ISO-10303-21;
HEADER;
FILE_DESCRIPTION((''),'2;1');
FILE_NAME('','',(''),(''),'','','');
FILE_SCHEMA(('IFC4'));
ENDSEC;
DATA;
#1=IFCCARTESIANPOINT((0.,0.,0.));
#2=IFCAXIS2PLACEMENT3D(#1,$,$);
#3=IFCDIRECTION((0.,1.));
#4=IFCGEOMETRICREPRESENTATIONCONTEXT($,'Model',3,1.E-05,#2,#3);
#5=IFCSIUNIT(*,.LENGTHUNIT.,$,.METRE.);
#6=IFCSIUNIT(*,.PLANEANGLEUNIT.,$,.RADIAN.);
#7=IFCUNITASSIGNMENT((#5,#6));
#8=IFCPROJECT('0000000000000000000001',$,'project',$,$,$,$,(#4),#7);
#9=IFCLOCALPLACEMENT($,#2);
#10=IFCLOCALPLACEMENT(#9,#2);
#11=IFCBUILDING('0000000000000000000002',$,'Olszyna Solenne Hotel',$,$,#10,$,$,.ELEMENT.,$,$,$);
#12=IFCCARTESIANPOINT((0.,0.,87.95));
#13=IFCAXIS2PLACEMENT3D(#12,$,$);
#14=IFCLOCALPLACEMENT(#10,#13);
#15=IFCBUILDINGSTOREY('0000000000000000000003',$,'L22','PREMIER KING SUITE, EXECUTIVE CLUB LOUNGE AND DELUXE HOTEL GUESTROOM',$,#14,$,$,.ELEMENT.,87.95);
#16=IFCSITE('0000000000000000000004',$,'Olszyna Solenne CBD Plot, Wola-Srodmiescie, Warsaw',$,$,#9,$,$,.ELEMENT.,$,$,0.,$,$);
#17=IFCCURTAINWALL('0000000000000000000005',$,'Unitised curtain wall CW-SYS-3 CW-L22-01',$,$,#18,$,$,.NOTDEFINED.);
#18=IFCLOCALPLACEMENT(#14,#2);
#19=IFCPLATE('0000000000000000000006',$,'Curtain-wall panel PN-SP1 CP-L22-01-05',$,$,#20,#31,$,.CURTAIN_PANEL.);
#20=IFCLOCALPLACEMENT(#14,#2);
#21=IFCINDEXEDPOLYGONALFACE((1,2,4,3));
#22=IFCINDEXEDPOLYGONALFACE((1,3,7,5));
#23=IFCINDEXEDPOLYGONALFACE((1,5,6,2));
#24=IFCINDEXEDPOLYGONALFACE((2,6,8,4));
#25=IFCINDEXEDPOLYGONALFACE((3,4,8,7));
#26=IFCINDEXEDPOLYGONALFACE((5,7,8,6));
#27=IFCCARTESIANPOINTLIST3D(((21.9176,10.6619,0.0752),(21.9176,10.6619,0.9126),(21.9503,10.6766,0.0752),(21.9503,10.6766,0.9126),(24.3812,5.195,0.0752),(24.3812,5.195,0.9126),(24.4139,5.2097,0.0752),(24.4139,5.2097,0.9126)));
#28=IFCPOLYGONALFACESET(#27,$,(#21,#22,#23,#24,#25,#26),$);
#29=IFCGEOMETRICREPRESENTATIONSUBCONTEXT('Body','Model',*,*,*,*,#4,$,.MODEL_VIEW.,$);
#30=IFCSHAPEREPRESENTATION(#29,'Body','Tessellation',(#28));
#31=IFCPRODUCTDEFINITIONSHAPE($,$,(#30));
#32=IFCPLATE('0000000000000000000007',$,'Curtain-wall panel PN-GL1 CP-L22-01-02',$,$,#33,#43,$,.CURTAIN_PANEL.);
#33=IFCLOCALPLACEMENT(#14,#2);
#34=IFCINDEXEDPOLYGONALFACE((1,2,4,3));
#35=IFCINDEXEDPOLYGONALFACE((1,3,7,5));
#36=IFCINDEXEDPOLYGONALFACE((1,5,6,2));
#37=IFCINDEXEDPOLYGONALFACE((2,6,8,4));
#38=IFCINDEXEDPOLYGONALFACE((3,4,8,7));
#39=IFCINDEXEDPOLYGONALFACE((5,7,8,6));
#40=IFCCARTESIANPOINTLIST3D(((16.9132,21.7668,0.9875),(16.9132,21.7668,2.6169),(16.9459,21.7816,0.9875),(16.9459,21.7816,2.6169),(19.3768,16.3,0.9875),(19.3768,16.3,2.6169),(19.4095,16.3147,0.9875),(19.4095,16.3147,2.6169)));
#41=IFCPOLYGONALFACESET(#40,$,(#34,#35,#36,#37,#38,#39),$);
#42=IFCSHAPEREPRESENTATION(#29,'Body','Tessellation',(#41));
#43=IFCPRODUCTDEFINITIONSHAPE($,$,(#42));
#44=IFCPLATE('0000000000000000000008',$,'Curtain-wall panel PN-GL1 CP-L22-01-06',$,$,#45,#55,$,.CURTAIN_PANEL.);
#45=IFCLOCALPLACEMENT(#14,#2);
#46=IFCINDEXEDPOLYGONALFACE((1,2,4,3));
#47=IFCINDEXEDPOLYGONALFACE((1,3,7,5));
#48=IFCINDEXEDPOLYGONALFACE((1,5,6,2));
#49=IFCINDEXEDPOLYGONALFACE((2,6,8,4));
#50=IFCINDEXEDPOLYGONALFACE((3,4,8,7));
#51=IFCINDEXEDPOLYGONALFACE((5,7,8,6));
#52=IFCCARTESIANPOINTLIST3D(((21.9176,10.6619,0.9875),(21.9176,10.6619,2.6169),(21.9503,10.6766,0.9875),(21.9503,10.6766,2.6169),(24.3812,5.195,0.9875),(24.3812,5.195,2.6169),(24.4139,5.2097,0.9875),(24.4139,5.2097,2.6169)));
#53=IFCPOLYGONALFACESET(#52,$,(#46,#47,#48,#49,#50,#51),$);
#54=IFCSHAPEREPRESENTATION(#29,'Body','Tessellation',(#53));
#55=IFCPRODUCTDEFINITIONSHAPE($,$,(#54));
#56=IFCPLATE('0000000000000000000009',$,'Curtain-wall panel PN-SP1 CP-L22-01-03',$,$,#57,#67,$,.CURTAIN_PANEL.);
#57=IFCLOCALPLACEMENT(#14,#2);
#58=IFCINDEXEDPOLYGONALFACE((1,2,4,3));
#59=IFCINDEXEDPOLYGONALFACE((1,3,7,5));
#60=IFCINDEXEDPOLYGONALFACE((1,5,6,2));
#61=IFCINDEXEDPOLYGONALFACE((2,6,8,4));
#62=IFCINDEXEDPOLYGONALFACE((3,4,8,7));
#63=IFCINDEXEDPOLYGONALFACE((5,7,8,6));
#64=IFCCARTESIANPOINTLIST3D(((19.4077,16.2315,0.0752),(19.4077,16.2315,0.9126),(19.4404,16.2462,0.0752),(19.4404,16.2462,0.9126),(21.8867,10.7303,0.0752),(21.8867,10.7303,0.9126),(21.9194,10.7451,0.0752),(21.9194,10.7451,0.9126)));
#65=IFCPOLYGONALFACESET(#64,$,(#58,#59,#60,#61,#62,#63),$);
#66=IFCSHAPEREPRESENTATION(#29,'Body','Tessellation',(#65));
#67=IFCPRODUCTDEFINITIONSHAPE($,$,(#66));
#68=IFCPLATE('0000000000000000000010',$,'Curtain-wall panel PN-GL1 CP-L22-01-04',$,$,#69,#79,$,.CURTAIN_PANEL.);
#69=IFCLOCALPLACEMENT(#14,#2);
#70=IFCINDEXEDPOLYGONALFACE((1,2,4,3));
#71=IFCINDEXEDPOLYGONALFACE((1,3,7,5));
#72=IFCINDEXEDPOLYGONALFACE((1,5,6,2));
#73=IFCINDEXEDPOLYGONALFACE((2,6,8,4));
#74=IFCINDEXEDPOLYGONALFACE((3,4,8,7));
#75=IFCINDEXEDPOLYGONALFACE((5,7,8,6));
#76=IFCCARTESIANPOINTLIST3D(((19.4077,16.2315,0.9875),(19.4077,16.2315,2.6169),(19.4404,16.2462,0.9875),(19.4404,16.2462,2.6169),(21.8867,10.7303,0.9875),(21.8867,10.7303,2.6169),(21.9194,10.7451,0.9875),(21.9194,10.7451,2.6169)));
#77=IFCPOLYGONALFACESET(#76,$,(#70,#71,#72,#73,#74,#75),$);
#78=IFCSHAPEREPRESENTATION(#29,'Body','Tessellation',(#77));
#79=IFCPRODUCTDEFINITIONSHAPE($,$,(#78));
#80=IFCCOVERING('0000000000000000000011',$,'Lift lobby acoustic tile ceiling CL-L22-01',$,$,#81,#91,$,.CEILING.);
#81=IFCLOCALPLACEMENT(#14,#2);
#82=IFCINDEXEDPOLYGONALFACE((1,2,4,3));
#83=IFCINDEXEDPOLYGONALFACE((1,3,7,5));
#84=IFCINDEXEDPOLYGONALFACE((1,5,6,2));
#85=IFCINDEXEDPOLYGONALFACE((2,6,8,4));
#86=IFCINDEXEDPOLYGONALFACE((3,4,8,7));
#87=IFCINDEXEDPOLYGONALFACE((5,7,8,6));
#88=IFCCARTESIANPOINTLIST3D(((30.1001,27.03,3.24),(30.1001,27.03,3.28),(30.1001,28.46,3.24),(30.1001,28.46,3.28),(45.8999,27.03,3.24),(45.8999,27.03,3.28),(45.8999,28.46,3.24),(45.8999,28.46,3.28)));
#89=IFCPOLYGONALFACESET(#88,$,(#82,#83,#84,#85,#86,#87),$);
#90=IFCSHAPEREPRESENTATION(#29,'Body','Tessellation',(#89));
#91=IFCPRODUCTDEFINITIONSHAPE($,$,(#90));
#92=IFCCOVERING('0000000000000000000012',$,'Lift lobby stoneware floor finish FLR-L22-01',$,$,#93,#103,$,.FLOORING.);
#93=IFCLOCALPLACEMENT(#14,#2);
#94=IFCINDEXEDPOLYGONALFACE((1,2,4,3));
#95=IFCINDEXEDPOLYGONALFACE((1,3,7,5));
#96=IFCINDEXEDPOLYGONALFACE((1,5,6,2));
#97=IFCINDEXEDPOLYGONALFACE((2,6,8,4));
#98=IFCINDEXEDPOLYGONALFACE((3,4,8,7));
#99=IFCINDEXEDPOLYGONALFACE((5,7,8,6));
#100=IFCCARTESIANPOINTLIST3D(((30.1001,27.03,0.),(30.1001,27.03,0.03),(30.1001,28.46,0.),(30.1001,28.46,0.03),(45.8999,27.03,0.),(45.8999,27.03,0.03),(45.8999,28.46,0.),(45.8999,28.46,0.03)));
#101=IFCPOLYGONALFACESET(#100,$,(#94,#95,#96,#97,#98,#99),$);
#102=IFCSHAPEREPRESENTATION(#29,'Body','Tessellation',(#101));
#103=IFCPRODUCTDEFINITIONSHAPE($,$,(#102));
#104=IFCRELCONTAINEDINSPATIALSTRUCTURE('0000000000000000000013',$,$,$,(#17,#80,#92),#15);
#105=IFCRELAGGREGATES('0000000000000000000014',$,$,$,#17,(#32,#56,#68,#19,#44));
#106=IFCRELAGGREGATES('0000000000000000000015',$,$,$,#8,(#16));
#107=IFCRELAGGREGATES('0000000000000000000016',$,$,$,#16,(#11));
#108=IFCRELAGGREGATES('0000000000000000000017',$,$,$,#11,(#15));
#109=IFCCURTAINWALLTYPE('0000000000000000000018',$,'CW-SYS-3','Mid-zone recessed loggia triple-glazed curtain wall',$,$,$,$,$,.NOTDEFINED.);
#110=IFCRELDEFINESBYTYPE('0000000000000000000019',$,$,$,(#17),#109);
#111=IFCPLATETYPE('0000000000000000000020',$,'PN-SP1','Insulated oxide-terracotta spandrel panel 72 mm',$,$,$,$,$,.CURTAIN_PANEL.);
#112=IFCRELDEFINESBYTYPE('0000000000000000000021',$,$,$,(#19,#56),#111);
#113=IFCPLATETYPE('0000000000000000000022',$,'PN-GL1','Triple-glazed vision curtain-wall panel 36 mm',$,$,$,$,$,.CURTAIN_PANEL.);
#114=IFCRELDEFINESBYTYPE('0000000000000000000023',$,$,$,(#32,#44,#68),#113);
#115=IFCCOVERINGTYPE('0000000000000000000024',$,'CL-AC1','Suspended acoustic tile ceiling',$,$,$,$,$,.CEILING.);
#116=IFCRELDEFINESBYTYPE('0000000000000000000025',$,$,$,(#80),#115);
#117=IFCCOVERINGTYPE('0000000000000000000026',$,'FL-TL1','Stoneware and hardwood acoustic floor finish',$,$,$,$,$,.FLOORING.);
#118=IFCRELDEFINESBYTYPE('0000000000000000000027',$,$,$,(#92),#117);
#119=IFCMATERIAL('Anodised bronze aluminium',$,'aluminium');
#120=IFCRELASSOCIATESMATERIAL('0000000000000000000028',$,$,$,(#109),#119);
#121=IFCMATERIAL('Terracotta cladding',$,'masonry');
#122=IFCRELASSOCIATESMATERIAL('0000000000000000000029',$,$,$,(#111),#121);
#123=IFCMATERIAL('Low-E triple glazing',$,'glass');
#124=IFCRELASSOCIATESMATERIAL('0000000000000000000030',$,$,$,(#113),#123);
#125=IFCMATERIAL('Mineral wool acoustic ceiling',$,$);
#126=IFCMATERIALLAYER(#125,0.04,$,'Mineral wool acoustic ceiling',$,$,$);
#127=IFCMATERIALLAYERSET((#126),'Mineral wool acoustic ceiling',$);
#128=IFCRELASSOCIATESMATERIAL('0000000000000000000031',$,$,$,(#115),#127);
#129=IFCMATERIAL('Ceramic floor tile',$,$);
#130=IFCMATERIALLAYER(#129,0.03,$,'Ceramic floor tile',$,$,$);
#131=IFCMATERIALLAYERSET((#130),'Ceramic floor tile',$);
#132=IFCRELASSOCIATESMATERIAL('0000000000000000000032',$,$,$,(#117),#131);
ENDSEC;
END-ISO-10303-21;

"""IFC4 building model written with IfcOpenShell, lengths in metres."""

from ifc_helpers import new_model, si_unit, direction, frame, origin, origin_2d, place, context, subcontext, project, spatial, polyline, rectangle, outline, extrude, source, transform, mapped, material, layer, layer_set, type_object, element, aggregate, save


model = new_model("IFC4")

# Units and contexts
model_context = context("Model", 3, precision=1e-05, world=origin(), true_north=direction((0.0, 1.0)))
body_context = subcontext(model_context, "Body", "Model", "MODEL_VIEW")
ifc_project = project(units=[si_unit("LENGTHUNIT", "METRE"), si_unit("PLANEANGLEUNIT", "RADIAN")], contexts=[model_context])

# Site, building, storey
site_placement = place(None, origin())
site = spatial("IfcSite", under=ifc_project, at=site_placement, Name="Olszyna Solenne CBD Plot, Wola-Srodmiescie, Warsaw", CompositionType="ELEMENT", RefElevation=0.0)
building_placement = place(site_placement, origin())
building = spatial("IfcBuilding", under=site, at=building_placement, Name="Olszyna Solenne Hotel", CompositionType="ELEMENT")
storey_placement = place(building_placement, frame((0.0, 0.0, 87.95)))
storey = spatial("IfcBuildingStorey", under=building, at=storey_placement, Name="L22", Description="PREMIER KING SUITE, EXECUTIVE CLUB LOUNGE AND DELUXE HOTEL GUESTROOM", CompositionType="ELEMENT", Elevation=87.95)

# Curtain wall
ifc_material_1 = material(Name="Anodised bronze aluminium", Category="aluminium")
curtain_wall_type = type_object("IfcCurtainWallType", Name="CW-SYS-3", Description="Mid-zone recessed loggia triple-glazed curtain wall", PredefinedType="NOTDEFINED", material=ifc_material_1)
curtain_wall_placement = place(storey_placement, origin())
curtain_wall = element("IfcCurtainWall", 1, at=curtain_wall_placement, inside=storey, type_object=curtain_wall_type, Name="Unitised curtain wall CW-SYS-3 CW-L22-01", PredefinedType="NOTDEFINED")

# Plates
ifc_material_2 = material(Name="Terracotta cladding", Category="masonry")
plate_type_1 = type_object("IfcPlateType", Name="PN-SP1", Description="Insulated oxide-terracotta spandrel panel 72 mm", PredefinedType="CURTAIN_PANEL", material=ifc_material_2)
shared_shape_1 = source(origin(), body_context, "Body", "SweptSolid", [
    extrude(rectangle(XDim=5.9963, YDim=0.0359, at=origin_2d()), origin(), (0.0, 0.0, 1.0), 0.8374),
])
plate_1_placement = place(storey_placement, frame((23.1658, 7.9358, 0.0752), z_axis=(0.0, 0.0, 1.0), x_axis=(0.410847, -0.911704, 0.0)))
plate_1 = element("IfcPlate", 2, at=plate_1_placement, type_object=plate_type_1, Name="Curtain-wall panel PN-SP1 CP-L22-01-05", PredefinedType="CURTAIN_PANEL", context=body_context, shape_type="MappedRepresentation", body=[
    mapped(shared_shape_1, transform((0.0, 0.0, 0.0), x_axis=(1.0, 0.0, 0.0), y_axis=(0.0, 1.0, 0.0), z_axis=(0.0, 0.0, 1.0), scale=1.0)),
])
ifc_material_3 = material(Name="Low-E triple glazing", Category="glass")
plate_type_2 = type_object("IfcPlateType", Name="PN-GL1", Description="Triple-glazed vision curtain-wall panel 36 mm", PredefinedType="CURTAIN_PANEL", material=ifc_material_3)
shared_shape_2 = source(origin(), body_context, "Body", "SweptSolid", [
    extrude(rectangle(XDim=5.9963, YDim=0.0359, at=origin_2d()), origin(), (0.0, 0.0, 1.0), 1.6294),
])
plate_2_placement = place(storey_placement, frame((18.1614, 19.0408, 0.9875), z_axis=(0.0, 0.0, 1.0), x_axis=(0.410847, -0.911704, 0.0)))
plate_2 = element("IfcPlate", 3, at=plate_2_placement, type_object=plate_type_2, Name="Curtain-wall panel PN-GL1 CP-L22-01-02", PredefinedType="CURTAIN_PANEL", context=body_context, shape_type="MappedRepresentation", body=[
    mapped(shared_shape_2, transform((0.0, 0.0, 0.0), x_axis=(1.0, 0.0, 0.0), y_axis=(0.0, 1.0, 0.0), z_axis=(0.0, 0.0, 1.0), scale=1.0)),
])
plate_3_placement = place(storey_placement, frame((23.1658, 7.9358, 0.9875), z_axis=(0.0, 0.0, 1.0), x_axis=(0.410847, -0.911704, 0.0)))
plate_3 = element("IfcPlate", 4, at=plate_3_placement, type_object=plate_type_2, Name="Curtain-wall panel PN-GL1 CP-L22-01-06", PredefinedType="CURTAIN_PANEL", context=body_context, shape_type="MappedRepresentation", body=[
    mapped(shared_shape_2, transform((0.0, 0.0, 0.0), x_axis=(1.0, 0.0, 0.0), y_axis=(0.0, 1.0, 0.0), z_axis=(0.0, 0.0, 1.0), scale=1.0)),
])
shared_shape_3 = source(origin(), body_context, "Body", "SweptSolid", [
    extrude(rectangle(XDim=6.0339, YDim=0.0359, at=origin_2d()), origin(), (0.0, 0.0, 1.0), 0.8374),
])
plate_4_placement = place(storey_placement, frame((20.6636, 13.4883, 0.0752), z_axis=(0.0, 0.0, 1.0), x_axis=(0.410847, -0.911704, 0.0)))
plate_4 = element("IfcPlate", 5, at=plate_4_placement, type_object=plate_type_1, Name="Curtain-wall panel PN-SP1 CP-L22-01-03", PredefinedType="CURTAIN_PANEL", context=body_context, shape_type="MappedRepresentation", body=[
    mapped(shared_shape_3, transform((0.0, 0.0, 0.0), x_axis=(1.0, 0.0, 0.0), y_axis=(0.0, 1.0, 0.0), z_axis=(0.0, 0.0, 1.0), scale=1.0)),
])
shared_shape_4 = source(origin(), body_context, "Body", "SweptSolid", [
    extrude(rectangle(XDim=6.0339, YDim=0.0359, at=origin_2d()), origin(), (0.0, 0.0, 1.0), 1.6294),
])
plate_5_placement = place(storey_placement, frame((20.6636, 13.4883, 0.9875), z_axis=(0.0, 0.0, 1.0), x_axis=(0.410847, -0.911704, 0.0)))
plate_5 = element("IfcPlate", 6, at=plate_5_placement, type_object=plate_type_2, Name="Curtain-wall panel PN-GL1 CP-L22-01-04", PredefinedType="CURTAIN_PANEL", context=body_context, shape_type="MappedRepresentation", body=[
    mapped(shared_shape_4, transform((0.0, 0.0, 0.0), x_axis=(1.0, 0.0, 0.0), y_axis=(0.0, 1.0, 0.0), z_axis=(0.0, 0.0, 1.0), scale=1.0)),
])
aggregate(curtain_wall, [plate_2, plate_4, plate_5, plate_1, plate_3])

# Coverings
ifc_material_4 = material(Name="Mineral wool acoustic ceiling")
ifc_layer_1 = layer(ifc_material_4, 0.04, Name="Mineral wool acoustic ceiling")
ifc_layer_set_1 = layer_set([ifc_layer_1], Name="Mineral wool acoustic ceiling")
covering_type_1 = type_object("IfcCoveringType", Name="CL-AC1", Description="Suspended acoustic tile ceiling", PredefinedType="CEILING", material=ifc_layer_set_1)
covering_1_placement = place(storey_placement, frame((0.0, 0.0, 3.24)))
element("IfcCovering", 7, at=covering_1_placement, inside=storey, type_object=covering_type_1, Name="Lift lobby acoustic tile ceiling CL-L22-01", PredefinedType="CEILING", context=body_context, shape_type="SweptSolid", body=[
    extrude(outline(polyline([(30.1001, 27.03), (45.8999, 27.03), (45.8999, 28.46), (30.1001, 28.46), (30.1001, 27.03)])), origin(), (0.0, 0.0, 1.0), 0.04),
])
ifc_material_5 = material(Name="Ceramic floor tile")
ifc_layer_2 = layer(ifc_material_5, 0.03, Name="Ceramic floor tile")
ifc_layer_set_2 = layer_set([ifc_layer_2], Name="Ceramic floor tile")
covering_type_2 = type_object("IfcCoveringType", Name="FL-TL1", Description="Stoneware and hardwood acoustic floor finish", PredefinedType="FLOORING", material=ifc_layer_set_2)
covering_2_placement = place(storey_placement, origin())
element("IfcCovering", 8, at=covering_2_placement, inside=storey, type_object=covering_type_2, Name="Lift lobby stoneware floor finish FLR-L22-01", PredefinedType="FLOORING", context=body_context, shape_type="SweptSolid", body=[
    extrude(outline(polyline([(30.1001, 27.03), (45.8999, 27.03), (45.8999, 28.46), (30.1001, 28.46), (30.1001, 27.03)])), origin(), (0.0, 0.0, 1.0), 0.03),
])

save(model, "model.ifc")
